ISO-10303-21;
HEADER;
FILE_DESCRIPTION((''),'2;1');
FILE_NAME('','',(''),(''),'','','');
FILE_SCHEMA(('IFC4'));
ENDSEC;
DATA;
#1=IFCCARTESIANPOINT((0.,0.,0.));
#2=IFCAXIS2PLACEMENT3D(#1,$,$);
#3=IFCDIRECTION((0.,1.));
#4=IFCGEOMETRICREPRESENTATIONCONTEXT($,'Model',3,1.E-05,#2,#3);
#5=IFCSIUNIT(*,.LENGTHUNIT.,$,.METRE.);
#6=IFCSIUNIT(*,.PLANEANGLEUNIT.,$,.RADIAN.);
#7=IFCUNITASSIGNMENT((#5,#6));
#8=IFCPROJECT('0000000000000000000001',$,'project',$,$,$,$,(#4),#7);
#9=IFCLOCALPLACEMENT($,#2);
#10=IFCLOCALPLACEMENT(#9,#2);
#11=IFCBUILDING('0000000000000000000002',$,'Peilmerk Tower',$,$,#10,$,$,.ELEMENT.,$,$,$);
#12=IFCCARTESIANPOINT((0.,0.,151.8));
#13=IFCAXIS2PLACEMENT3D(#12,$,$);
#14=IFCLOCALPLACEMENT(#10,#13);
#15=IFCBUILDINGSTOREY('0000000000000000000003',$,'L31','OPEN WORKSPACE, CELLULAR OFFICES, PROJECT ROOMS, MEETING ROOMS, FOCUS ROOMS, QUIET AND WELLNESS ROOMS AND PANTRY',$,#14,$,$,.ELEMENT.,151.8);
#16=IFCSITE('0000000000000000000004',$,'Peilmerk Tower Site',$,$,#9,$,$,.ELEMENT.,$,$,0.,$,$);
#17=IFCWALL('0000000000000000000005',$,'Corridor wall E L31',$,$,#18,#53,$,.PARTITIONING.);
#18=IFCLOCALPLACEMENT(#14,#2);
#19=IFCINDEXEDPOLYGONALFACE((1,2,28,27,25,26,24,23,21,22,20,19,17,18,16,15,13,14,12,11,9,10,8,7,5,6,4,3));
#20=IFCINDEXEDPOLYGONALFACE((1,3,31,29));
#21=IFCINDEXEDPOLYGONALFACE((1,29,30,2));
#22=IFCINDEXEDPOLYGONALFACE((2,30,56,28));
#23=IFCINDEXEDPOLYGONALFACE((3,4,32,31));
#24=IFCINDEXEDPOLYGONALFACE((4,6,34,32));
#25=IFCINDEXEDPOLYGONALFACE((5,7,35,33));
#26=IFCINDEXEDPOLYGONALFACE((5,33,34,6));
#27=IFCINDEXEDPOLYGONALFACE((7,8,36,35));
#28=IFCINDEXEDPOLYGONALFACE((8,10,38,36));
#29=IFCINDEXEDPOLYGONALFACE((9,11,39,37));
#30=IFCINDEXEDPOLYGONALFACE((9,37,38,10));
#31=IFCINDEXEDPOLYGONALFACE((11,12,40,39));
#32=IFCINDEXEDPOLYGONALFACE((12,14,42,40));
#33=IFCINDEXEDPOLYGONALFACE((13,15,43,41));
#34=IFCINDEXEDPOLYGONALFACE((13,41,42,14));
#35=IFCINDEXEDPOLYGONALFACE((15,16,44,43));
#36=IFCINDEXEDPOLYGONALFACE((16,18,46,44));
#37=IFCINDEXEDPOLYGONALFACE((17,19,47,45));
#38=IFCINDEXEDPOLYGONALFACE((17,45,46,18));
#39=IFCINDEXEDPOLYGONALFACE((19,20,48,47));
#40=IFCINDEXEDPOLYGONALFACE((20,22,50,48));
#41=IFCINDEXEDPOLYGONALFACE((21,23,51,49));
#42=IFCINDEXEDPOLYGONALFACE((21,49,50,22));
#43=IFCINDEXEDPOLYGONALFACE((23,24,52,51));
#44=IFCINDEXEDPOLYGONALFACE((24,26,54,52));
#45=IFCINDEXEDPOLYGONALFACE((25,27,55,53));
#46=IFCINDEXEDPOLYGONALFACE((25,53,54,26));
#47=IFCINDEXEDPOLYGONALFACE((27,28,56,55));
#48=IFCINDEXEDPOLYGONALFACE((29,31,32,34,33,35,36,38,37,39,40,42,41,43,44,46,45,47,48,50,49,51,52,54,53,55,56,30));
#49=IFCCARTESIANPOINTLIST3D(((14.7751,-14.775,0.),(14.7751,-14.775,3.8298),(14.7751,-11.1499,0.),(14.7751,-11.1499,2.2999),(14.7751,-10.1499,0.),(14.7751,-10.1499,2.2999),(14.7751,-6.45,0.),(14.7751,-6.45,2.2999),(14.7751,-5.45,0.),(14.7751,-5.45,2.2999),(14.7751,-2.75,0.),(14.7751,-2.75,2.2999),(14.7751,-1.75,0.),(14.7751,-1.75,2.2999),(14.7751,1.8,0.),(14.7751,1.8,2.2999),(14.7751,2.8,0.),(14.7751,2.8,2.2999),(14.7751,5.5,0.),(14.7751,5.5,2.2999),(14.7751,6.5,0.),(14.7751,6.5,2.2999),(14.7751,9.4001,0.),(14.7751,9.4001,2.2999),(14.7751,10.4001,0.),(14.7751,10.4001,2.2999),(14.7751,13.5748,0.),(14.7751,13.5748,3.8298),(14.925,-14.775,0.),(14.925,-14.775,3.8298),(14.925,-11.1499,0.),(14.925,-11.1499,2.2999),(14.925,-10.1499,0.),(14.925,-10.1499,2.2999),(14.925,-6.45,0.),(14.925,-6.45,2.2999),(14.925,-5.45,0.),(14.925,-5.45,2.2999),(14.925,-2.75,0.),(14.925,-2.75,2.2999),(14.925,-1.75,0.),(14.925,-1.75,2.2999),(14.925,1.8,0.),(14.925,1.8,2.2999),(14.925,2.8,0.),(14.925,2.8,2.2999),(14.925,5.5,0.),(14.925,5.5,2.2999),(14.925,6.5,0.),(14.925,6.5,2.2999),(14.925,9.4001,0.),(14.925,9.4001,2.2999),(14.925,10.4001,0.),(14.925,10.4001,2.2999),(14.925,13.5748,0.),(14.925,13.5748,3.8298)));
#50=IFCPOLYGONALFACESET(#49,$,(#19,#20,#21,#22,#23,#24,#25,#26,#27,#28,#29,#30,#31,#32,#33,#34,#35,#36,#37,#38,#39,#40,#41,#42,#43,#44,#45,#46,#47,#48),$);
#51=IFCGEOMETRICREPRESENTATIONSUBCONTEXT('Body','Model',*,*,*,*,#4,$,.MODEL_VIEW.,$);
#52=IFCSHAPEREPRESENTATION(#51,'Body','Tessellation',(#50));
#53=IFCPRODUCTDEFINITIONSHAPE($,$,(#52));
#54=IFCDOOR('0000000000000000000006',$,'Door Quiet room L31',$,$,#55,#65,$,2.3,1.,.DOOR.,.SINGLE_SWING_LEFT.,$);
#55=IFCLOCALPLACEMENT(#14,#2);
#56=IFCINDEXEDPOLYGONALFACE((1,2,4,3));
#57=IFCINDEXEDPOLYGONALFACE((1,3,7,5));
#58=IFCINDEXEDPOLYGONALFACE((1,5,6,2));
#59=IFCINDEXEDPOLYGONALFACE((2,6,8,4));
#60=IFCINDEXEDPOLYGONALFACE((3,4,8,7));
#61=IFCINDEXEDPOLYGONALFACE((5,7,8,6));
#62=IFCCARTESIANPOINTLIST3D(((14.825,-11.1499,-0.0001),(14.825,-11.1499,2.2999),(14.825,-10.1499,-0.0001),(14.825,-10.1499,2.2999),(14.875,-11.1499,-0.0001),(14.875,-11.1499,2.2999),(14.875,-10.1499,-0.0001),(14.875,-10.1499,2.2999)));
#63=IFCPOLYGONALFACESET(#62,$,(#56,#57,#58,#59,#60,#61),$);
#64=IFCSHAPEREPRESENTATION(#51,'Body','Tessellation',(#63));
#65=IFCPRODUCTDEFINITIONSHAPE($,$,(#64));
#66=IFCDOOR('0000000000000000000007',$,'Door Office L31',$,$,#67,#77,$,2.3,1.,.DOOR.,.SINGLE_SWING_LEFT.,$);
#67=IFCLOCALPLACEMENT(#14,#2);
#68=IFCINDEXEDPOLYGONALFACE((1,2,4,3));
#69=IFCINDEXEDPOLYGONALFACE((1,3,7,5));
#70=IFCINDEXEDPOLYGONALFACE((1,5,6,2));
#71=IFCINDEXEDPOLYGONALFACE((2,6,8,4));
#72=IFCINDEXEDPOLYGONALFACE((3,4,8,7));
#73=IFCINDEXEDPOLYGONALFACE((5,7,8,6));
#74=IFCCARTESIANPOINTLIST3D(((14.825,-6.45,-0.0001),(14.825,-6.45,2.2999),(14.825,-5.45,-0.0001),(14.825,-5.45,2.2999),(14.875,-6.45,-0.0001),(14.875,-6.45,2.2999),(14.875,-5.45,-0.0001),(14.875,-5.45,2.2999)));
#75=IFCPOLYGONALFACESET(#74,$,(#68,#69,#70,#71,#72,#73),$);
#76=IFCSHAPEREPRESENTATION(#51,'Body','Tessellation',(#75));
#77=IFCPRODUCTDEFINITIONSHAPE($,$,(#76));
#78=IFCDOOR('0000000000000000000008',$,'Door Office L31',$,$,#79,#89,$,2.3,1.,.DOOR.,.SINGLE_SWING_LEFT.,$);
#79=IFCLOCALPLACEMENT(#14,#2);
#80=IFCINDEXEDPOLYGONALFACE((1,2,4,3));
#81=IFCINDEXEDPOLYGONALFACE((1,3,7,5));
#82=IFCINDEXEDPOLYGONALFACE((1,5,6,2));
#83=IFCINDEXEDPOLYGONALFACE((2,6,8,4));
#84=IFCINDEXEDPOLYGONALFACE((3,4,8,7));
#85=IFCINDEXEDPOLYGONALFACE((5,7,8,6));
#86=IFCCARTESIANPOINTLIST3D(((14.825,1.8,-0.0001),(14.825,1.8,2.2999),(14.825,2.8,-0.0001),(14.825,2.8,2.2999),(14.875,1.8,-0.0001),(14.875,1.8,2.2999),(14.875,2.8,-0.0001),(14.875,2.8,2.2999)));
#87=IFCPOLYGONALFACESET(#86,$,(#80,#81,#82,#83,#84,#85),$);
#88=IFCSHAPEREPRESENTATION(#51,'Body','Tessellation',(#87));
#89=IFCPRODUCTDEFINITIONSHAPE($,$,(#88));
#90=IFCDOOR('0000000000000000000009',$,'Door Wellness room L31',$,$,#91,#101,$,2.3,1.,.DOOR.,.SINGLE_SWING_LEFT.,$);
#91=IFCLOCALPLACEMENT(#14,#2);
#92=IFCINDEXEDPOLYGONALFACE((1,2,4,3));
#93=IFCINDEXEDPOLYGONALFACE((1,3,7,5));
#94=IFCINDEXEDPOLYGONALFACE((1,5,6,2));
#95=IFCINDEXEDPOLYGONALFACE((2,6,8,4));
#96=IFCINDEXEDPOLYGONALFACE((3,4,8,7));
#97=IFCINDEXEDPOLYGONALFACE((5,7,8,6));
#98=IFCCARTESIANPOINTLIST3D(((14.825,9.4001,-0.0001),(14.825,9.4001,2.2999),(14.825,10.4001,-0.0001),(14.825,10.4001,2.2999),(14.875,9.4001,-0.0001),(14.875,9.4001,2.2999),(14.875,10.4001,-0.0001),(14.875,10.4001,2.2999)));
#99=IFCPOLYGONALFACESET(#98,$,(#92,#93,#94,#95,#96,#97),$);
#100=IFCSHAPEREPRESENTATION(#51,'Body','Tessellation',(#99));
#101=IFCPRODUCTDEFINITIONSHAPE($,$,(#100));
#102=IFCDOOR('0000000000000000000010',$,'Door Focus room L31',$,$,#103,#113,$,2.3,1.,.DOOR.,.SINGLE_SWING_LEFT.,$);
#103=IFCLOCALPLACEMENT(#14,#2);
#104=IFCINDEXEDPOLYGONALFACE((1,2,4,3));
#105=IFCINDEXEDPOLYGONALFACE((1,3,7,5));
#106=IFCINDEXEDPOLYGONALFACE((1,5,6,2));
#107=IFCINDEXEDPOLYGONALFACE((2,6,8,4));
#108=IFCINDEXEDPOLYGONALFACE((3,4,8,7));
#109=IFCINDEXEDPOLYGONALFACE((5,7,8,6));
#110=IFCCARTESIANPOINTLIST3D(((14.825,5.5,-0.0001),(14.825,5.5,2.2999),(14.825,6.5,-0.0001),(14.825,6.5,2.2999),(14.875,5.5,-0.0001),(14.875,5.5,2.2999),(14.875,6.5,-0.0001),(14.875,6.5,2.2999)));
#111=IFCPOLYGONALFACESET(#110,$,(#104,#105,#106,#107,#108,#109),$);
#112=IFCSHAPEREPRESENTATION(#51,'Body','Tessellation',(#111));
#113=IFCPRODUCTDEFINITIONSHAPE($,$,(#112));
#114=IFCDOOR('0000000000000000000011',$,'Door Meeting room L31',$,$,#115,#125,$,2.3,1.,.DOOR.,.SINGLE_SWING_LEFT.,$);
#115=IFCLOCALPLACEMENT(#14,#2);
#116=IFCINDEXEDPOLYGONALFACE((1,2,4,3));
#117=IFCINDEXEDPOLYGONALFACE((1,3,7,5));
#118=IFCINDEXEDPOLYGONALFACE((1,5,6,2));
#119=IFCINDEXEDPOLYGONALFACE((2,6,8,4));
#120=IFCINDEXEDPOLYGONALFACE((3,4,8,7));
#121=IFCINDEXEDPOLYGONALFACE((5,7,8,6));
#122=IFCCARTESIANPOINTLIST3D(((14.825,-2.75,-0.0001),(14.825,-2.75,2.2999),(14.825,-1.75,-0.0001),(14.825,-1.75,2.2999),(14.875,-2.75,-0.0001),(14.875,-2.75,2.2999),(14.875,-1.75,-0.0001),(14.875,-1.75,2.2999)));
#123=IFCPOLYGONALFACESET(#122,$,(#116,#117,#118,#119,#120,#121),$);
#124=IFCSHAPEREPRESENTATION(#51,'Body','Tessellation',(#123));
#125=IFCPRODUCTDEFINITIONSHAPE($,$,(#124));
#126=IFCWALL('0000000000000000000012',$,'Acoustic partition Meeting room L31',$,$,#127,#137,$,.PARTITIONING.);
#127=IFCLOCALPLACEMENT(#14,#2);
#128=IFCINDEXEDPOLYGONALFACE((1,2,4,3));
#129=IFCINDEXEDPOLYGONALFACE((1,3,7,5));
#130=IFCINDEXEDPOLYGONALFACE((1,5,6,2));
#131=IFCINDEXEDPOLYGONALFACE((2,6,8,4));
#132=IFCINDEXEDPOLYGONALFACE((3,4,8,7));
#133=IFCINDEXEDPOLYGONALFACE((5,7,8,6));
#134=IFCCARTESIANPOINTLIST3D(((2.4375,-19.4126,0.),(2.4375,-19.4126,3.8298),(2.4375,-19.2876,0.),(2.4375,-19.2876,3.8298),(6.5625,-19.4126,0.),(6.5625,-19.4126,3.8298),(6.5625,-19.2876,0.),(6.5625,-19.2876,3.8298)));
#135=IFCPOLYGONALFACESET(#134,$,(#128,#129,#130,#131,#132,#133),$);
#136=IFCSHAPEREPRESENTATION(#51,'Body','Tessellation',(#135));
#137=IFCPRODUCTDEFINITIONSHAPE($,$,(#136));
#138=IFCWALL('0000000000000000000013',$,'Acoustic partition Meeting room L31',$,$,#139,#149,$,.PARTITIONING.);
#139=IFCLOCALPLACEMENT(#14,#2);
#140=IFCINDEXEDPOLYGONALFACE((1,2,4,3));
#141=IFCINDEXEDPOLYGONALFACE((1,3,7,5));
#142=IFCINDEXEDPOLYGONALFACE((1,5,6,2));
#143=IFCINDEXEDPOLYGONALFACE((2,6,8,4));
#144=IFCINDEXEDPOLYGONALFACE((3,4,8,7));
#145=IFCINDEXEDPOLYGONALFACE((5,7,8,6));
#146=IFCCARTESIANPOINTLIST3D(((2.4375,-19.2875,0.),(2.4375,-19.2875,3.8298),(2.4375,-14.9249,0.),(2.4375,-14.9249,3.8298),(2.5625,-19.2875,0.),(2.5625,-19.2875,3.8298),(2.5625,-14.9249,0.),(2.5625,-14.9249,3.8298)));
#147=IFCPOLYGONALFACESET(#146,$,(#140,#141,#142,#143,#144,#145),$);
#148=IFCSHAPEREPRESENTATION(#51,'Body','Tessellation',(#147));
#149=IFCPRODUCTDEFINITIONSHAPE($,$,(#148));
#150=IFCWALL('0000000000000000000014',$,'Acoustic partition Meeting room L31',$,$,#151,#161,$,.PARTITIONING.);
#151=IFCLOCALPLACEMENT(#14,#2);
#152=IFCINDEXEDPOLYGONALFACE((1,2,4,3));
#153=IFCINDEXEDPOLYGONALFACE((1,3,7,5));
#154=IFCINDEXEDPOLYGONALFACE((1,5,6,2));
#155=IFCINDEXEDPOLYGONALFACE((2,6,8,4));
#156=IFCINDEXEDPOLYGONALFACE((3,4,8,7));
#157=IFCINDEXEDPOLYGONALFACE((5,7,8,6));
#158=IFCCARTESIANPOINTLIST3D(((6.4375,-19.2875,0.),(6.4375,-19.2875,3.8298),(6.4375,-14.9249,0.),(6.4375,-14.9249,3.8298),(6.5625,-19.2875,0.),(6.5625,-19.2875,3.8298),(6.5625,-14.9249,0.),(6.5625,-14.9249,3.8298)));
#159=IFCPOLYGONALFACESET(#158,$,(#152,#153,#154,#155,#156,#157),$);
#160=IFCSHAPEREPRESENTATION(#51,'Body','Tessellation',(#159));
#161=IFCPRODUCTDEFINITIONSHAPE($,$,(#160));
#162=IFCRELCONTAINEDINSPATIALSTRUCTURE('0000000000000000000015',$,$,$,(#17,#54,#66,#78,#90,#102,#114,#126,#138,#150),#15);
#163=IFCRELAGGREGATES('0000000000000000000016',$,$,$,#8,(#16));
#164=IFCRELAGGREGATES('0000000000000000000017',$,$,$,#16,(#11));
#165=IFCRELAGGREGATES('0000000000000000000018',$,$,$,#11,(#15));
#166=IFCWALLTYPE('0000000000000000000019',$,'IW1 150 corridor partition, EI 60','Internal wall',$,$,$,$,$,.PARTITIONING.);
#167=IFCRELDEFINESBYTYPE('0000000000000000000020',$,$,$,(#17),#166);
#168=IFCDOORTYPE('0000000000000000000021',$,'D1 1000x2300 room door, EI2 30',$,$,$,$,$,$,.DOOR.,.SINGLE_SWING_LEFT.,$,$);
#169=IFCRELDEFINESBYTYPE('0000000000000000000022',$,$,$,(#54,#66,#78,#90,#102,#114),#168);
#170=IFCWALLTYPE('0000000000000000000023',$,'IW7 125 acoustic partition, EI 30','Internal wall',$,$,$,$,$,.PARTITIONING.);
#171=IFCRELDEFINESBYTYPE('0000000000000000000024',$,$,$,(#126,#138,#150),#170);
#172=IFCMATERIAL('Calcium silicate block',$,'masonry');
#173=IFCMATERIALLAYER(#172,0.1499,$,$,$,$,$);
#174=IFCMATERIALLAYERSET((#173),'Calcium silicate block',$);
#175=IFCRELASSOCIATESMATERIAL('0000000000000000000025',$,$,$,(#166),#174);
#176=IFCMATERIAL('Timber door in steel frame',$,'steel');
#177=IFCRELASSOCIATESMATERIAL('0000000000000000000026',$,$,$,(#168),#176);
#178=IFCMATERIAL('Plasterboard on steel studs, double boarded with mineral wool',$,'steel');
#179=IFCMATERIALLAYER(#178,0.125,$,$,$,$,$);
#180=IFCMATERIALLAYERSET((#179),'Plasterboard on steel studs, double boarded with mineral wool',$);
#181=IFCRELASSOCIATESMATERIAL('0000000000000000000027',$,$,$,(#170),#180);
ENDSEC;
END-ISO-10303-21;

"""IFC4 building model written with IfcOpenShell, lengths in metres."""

from ifc_helpers import new_model, si_unit, direction, frame, frame_2d, origin, place, context, subcontext, project, spatial, rectangle, extrude, material, layer, layer_set, type_object, element, fill, save


model = new_model("IFC4")

# Units and contexts
model_context = context("Model", 3, precision=1e-05, world=origin(), true_north=direction((0.0, 1.0)))
body_context = subcontext(model_context, "Body", "Model", "MODEL_VIEW")
ifc_project = project(units=[si_unit("LENGTHUNIT", "METRE"), si_unit("PLANEANGLEUNIT", "RADIAN")], contexts=[model_context])

# Site, building, storey
site_placement = place(None, origin())
site = spatial("IfcSite", under=ifc_project, at=site_placement, Name="Peilmerk Tower Site", CompositionType="ELEMENT", RefElevation=0.0)
building_placement = place(site_placement, origin())
building = spatial("IfcBuilding", under=site, at=building_placement, Name="Peilmerk Tower", CompositionType="ELEMENT")
storey_placement = place(building_placement, frame((0.0, 0.0, 151.8)))
storey = spatial("IfcBuildingStorey", under=building, at=storey_placement, Name="L31", Description="OPEN WORKSPACE, CELLULAR OFFICES, PROJECT ROOMS, MEETING ROOMS, FOCUS ROOMS, QUIET AND WELLNESS ROOMS AND PANTRY", CompositionType="ELEMENT", Elevation=151.8)

# Wall, openings, doors
ifc_material_1 = material(Name="Calcium silicate block", Category="masonry")
ifc_layer_1 = layer(ifc_material_1, 0.1499)
ifc_layer_set_1 = layer_set([ifc_layer_1], Name="Calcium silicate block")
wall_type_1 = type_object("IfcWallType", Name="IW1 150 corridor partition, EI 60", Description="Internal wall", PredefinedType="PARTITIONING", material=ifc_layer_set_1)
ifc_material_2 = material(Name="Timber door in steel frame", Category="steel")
door_type = type_object("IfcDoorType", Name="D1 1000x2300 room door, EI2 30", OperationType="SINGLE_SWING_LEFT", PredefinedType="DOOR", material=ifc_material_2)
wall_1_placement = place(storey_placement, frame((14.8501, -14.7749, 0.0), z_axis=(0.0, 0.0, 1.0), x_axis=(0.0, 1.0, 0.0)))
wall_1 = element("IfcWall", 1, at=wall_1_placement, inside=storey, type_object=wall_type_1, Name="Corridor wall E L31", PredefinedType="PARTITIONING", context=body_context, shape_type="SweptSolid", body=[
    extrude(rectangle(XDim=28.3499, YDim=0.1499, at=frame_2d((14.1748, 0.0))), origin(), (0.0, 0.0, 1.0), 3.8298),
])
opening_1_placement = place(wall_1_placement, frame((3.625, 0.0, 0.0)))
opening_1 = element("IfcOpeningElement", 2, at=opening_1_placement, cuts=wall_1, PredefinedType="OPENING", context=body_context, shape_type="SweptSolid", body=[
    extrude(rectangle(XDim=1.0, YDim=2.3, at=frame_2d((0.5, 1.1499))), frame((0.0, 0.085, 0.0), z_axis=(0.0, -1.0, 0.0), x_axis=(1.0, 0.0, 0.0)), (0.0, 0.0, 1.0), 0.1699),
])
opening_2_placement = place(wall_1_placement, frame((8.325, 0.0, 0.0)))
opening_2 = element("IfcOpeningElement", 3, at=opening_2_placement, cuts=wall_1, PredefinedType="OPENING", context=body_context, shape_type="SweptSolid", body=[
    extrude(rectangle(XDim=1.0, YDim=2.3, at=frame_2d((0.5, 1.1499))), frame((0.0, 0.085, 0.0), z_axis=(0.0, -1.0, 0.0), x_axis=(1.0, 0.0, 0.0)), (0.0, 0.0, 1.0), 0.1699),
])
opening_3_placement = place(wall_1_placement, frame((16.575, 0.0, 0.0)))
opening_3 = element("IfcOpeningElement", 4, at=opening_3_placement, cuts=wall_1, PredefinedType="OPENING", context=body_context, shape_type="SweptSolid", body=[
    extrude(rectangle(XDim=1.0, YDim=2.3, at=frame_2d((0.5, 1.1499))), frame((0.0, 0.085, 0.0), z_axis=(0.0, -1.0, 0.0), x_axis=(1.0, 0.0, 0.0)), (0.0, 0.0, 1.0), 0.1699),
])
opening_4_placement = place(wall_1_placement, frame((24.175, 0.0, 0.0)))
opening_4 = element("IfcOpeningElement", 5, at=opening_4_placement, cuts=wall_1, PredefinedType="OPENING", context=body_context, shape_type="SweptSolid", body=[
    extrude(rectangle(XDim=1.0, YDim=2.3, at=frame_2d((0.5, 1.1499))), frame((0.0, 0.085, 0.0), z_axis=(0.0, -1.0, 0.0), x_axis=(1.0, 0.0, 0.0)), (0.0, 0.0, 1.0), 0.1699),
])
opening_5_placement = place(wall_1_placement, frame((20.2749, 0.0, 0.0)))
opening_5 = element("IfcOpeningElement", 6, at=opening_5_placement, cuts=wall_1, PredefinedType="OPENING", context=body_context, shape_type="SweptSolid", body=[
    extrude(rectangle(XDim=1.0, YDim=2.3, at=frame_2d((0.5, 1.1499))), frame((0.0, 0.085, 0.0), z_axis=(0.0, -1.0, 0.0), x_axis=(1.0, 0.0, 0.0)), (0.0, 0.0, 1.0), 0.1699),
])
opening_6_placement = place(wall_1_placement, frame((12.0249, 0.0, 0.0)))
opening_6 = element("IfcOpeningElement", 7, at=opening_6_placement, cuts=wall_1, PredefinedType="OPENING", context=body_context, shape_type="SweptSolid", body=[
    extrude(rectangle(XDim=1.0, YDim=2.3, at=frame_2d((0.5, 1.1499))), frame((0.0, 0.085, 0.0), z_axis=(0.0, -1.0, 0.0), x_axis=(1.0, 0.0, 0.0)), (0.0, 0.0, 1.0), 0.1699),
])
door_1_placement = place(opening_1_placement, frame((1.0, 0.0, 0.0), z_axis=(0.0, 0.0, 1.0), x_axis=(-1.0, 0.0, 0.0)))
door_1 = element("IfcDoor", 8, at=door_1_placement, inside=storey, type_object=door_type, Name="Door Quiet room L31", OperationType="SINGLE_SWING_LEFT", OverallHeight=2.3, OverallWidth=1.0, PredefinedType="DOOR", context=body_context, shape_type="SweptSolid", body=[
    extrude(rectangle(XDim=1.0, YDim=2.3, at=frame_2d((0.5, 1.1499))), frame((0.0, 0.0249, 0.0), z_axis=(0.0, -1.0, 0.0), x_axis=(1.0, 0.0, 0.0)), (0.0, 0.0, 1.0), 0.05),
])
fill(opening_1, door_1)
door_2_placement = place(opening_2_placement, frame((1.0, 0.0, 0.0), z_axis=(0.0, 0.0, 1.0), x_axis=(-1.0, 0.0, 0.0)))
door_2 = element("IfcDoor", 9, at=door_2_placement, inside=storey, type_object=door_type, Name="Door Office L31", OperationType="SINGLE_SWING_LEFT", OverallHeight=2.3, OverallWidth=1.0, PredefinedType="DOOR", context=body_context, shape_type="SweptSolid", body=[
    extrude(rectangle(XDim=1.0, YDim=2.3, at=frame_2d((0.5, 1.1499))), frame((0.0, 0.0249, 0.0), z_axis=(0.0, -1.0, 0.0), x_axis=(1.0, 0.0, 0.0)), (0.0, 0.0, 1.0), 0.05),
])
fill(opening_2, door_2)
door_3_placement = place(opening_3_placement, frame((1.0, 0.0, 0.0), z_axis=(0.0, 0.0, 1.0), x_axis=(-1.0, 0.0, 0.0)))
door_3 = element("IfcDoor", 10, at=door_3_placement, inside=storey, type_object=door_type, Name="Door Office L31", OperationType="SINGLE_SWING_LEFT", OverallHeight=2.3, OverallWidth=1.0, PredefinedType="DOOR", context=body_context, shape_type="SweptSolid", body=[
    extrude(rectangle(XDim=1.0, YDim=2.3, at=frame_2d((0.5, 1.1499))), frame((0.0, 0.0249, 0.0), z_axis=(0.0, -1.0, 0.0), x_axis=(1.0, 0.0, 0.0)), (0.0, 0.0, 1.0), 0.05),
])
fill(opening_3, door_3)
door_4_placement = place(opening_4_placement, frame((1.0, 0.0, 0.0), z_axis=(0.0, 0.0, 1.0), x_axis=(-1.0, 0.0, 0.0)))
door_4 = element("IfcDoor", 11, at=door_4_placement, inside=storey, type_object=door_type, Name="Door Wellness room L31", OperationType="SINGLE_SWING_LEFT", OverallHeight=2.3, OverallWidth=1.0, PredefinedType="DOOR", context=body_context, shape_type="SweptSolid", body=[
    extrude(rectangle(XDim=1.0, YDim=2.3, at=frame_2d((0.5, 1.1499))), frame((0.0, 0.0249, 0.0), z_axis=(0.0, -1.0, 0.0), x_axis=(1.0, 0.0, 0.0)), (0.0, 0.0, 1.0), 0.05),
])
fill(opening_4, door_4)
door_5_placement = place(opening_5_placement, frame((1.0, 0.0, 0.0), z_axis=(0.0, 0.0, 1.0), x_axis=(-1.0, 0.0, 0.0)))
door_5 = element("IfcDoor", 12, at=door_5_placement, inside=storey, type_object=door_type, Name="Door Focus room L31", OperationType="SINGLE_SWING_LEFT", OverallHeight=2.3, OverallWidth=1.0, PredefinedType="DOOR", context=body_context, shape_type="SweptSolid", body=[
    extrude(rectangle(XDim=1.0, YDim=2.3, at=frame_2d((0.5, 1.1499))), frame((0.0, 0.0249, 0.0), z_axis=(0.0, -1.0, 0.0), x_axis=(1.0, 0.0, 0.0)), (0.0, 0.0, 1.0), 0.05),
])
fill(opening_5, door_5)
door_6_placement = place(opening_6_placement, frame((1.0, 0.0, 0.0), z_axis=(0.0, 0.0, 1.0), x_axis=(-1.0, 0.0, 0.0)))
door_6 = element("IfcDoor", 13, at=door_6_placement, inside=storey, type_object=door_type, Name="Door Meeting room L31", OperationType="SINGLE_SWING_LEFT", OverallHeight=2.3, OverallWidth=1.0, PredefinedType="DOOR", context=body_context, shape_type="SweptSolid", body=[
    extrude(rectangle(XDim=1.0, YDim=2.3, at=frame_2d((0.5, 1.1499))), frame((0.0, 0.0249, 0.0), z_axis=(0.0, -1.0, 0.0), x_axis=(1.0, 0.0, 0.0)), (0.0, 0.0, 1.0), 0.05),
])
fill(opening_6, door_6)

# Walls
ifc_material_3 = material(Name="Plasterboard on steel studs, double boarded with mineral wool", Category="steel")
ifc_layer_2 = layer(ifc_material_3, 0.125)
ifc_layer_set_2 = layer_set([ifc_layer_2], Name="Plasterboard on steel studs, double boarded with mineral wool")
wall_type_2 = type_object("IfcWallType", Name="IW7 125 acoustic partition, EI 30", Description="Internal wall", PredefinedType="PARTITIONING", material=ifc_layer_set_2)
wall_2_placement = place(storey_placement, frame((2.4375, -19.3501, 0.0), z_axis=(0.0, 0.0, 1.0), x_axis=(1.0, 0.0, 0.0)))
element("IfcWall", 14, at=wall_2_placement, inside=storey, type_object=wall_type_2, Name="Acoustic partition Meeting room L31", PredefinedType="PARTITIONING", context=body_context, shape_type="SweptSolid", body=[
    extrude(rectangle(XDim=4.125, YDim=0.125, at=frame_2d((2.0625, 0.0))), origin(), (0.0, 0.0, 1.0), 3.8298),
])
for number, where, z_axis, x_axis, name in (
    (15, (2.5, -14.925, 0.0), (0.0, 0.0, 1.0), (0.0, -1.0, 0.0), "Acoustic partition Meeting room L31"),
    (16, (6.5, -14.925, 0.0), (0.0, 0.0, 1.0), (0.0, -1.0, 0.0), "Acoustic partition Meeting room L31"),
):
    element("IfcWall", number, at=place(storey_placement, frame(where, z_axis=z_axis, x_axis=x_axis)), inside=storey, type_object=wall_type_2, Name=name, PredefinedType="PARTITIONING", context=body_context, shape_type="SweptSolid", body=[
        extrude(rectangle(XDim=4.3625, YDim=0.125, at=frame_2d((2.1812, 0.0))), origin(), (0.0, 0.0, 1.0), 3.8298),
    ])

save(model, "model.ifc")
